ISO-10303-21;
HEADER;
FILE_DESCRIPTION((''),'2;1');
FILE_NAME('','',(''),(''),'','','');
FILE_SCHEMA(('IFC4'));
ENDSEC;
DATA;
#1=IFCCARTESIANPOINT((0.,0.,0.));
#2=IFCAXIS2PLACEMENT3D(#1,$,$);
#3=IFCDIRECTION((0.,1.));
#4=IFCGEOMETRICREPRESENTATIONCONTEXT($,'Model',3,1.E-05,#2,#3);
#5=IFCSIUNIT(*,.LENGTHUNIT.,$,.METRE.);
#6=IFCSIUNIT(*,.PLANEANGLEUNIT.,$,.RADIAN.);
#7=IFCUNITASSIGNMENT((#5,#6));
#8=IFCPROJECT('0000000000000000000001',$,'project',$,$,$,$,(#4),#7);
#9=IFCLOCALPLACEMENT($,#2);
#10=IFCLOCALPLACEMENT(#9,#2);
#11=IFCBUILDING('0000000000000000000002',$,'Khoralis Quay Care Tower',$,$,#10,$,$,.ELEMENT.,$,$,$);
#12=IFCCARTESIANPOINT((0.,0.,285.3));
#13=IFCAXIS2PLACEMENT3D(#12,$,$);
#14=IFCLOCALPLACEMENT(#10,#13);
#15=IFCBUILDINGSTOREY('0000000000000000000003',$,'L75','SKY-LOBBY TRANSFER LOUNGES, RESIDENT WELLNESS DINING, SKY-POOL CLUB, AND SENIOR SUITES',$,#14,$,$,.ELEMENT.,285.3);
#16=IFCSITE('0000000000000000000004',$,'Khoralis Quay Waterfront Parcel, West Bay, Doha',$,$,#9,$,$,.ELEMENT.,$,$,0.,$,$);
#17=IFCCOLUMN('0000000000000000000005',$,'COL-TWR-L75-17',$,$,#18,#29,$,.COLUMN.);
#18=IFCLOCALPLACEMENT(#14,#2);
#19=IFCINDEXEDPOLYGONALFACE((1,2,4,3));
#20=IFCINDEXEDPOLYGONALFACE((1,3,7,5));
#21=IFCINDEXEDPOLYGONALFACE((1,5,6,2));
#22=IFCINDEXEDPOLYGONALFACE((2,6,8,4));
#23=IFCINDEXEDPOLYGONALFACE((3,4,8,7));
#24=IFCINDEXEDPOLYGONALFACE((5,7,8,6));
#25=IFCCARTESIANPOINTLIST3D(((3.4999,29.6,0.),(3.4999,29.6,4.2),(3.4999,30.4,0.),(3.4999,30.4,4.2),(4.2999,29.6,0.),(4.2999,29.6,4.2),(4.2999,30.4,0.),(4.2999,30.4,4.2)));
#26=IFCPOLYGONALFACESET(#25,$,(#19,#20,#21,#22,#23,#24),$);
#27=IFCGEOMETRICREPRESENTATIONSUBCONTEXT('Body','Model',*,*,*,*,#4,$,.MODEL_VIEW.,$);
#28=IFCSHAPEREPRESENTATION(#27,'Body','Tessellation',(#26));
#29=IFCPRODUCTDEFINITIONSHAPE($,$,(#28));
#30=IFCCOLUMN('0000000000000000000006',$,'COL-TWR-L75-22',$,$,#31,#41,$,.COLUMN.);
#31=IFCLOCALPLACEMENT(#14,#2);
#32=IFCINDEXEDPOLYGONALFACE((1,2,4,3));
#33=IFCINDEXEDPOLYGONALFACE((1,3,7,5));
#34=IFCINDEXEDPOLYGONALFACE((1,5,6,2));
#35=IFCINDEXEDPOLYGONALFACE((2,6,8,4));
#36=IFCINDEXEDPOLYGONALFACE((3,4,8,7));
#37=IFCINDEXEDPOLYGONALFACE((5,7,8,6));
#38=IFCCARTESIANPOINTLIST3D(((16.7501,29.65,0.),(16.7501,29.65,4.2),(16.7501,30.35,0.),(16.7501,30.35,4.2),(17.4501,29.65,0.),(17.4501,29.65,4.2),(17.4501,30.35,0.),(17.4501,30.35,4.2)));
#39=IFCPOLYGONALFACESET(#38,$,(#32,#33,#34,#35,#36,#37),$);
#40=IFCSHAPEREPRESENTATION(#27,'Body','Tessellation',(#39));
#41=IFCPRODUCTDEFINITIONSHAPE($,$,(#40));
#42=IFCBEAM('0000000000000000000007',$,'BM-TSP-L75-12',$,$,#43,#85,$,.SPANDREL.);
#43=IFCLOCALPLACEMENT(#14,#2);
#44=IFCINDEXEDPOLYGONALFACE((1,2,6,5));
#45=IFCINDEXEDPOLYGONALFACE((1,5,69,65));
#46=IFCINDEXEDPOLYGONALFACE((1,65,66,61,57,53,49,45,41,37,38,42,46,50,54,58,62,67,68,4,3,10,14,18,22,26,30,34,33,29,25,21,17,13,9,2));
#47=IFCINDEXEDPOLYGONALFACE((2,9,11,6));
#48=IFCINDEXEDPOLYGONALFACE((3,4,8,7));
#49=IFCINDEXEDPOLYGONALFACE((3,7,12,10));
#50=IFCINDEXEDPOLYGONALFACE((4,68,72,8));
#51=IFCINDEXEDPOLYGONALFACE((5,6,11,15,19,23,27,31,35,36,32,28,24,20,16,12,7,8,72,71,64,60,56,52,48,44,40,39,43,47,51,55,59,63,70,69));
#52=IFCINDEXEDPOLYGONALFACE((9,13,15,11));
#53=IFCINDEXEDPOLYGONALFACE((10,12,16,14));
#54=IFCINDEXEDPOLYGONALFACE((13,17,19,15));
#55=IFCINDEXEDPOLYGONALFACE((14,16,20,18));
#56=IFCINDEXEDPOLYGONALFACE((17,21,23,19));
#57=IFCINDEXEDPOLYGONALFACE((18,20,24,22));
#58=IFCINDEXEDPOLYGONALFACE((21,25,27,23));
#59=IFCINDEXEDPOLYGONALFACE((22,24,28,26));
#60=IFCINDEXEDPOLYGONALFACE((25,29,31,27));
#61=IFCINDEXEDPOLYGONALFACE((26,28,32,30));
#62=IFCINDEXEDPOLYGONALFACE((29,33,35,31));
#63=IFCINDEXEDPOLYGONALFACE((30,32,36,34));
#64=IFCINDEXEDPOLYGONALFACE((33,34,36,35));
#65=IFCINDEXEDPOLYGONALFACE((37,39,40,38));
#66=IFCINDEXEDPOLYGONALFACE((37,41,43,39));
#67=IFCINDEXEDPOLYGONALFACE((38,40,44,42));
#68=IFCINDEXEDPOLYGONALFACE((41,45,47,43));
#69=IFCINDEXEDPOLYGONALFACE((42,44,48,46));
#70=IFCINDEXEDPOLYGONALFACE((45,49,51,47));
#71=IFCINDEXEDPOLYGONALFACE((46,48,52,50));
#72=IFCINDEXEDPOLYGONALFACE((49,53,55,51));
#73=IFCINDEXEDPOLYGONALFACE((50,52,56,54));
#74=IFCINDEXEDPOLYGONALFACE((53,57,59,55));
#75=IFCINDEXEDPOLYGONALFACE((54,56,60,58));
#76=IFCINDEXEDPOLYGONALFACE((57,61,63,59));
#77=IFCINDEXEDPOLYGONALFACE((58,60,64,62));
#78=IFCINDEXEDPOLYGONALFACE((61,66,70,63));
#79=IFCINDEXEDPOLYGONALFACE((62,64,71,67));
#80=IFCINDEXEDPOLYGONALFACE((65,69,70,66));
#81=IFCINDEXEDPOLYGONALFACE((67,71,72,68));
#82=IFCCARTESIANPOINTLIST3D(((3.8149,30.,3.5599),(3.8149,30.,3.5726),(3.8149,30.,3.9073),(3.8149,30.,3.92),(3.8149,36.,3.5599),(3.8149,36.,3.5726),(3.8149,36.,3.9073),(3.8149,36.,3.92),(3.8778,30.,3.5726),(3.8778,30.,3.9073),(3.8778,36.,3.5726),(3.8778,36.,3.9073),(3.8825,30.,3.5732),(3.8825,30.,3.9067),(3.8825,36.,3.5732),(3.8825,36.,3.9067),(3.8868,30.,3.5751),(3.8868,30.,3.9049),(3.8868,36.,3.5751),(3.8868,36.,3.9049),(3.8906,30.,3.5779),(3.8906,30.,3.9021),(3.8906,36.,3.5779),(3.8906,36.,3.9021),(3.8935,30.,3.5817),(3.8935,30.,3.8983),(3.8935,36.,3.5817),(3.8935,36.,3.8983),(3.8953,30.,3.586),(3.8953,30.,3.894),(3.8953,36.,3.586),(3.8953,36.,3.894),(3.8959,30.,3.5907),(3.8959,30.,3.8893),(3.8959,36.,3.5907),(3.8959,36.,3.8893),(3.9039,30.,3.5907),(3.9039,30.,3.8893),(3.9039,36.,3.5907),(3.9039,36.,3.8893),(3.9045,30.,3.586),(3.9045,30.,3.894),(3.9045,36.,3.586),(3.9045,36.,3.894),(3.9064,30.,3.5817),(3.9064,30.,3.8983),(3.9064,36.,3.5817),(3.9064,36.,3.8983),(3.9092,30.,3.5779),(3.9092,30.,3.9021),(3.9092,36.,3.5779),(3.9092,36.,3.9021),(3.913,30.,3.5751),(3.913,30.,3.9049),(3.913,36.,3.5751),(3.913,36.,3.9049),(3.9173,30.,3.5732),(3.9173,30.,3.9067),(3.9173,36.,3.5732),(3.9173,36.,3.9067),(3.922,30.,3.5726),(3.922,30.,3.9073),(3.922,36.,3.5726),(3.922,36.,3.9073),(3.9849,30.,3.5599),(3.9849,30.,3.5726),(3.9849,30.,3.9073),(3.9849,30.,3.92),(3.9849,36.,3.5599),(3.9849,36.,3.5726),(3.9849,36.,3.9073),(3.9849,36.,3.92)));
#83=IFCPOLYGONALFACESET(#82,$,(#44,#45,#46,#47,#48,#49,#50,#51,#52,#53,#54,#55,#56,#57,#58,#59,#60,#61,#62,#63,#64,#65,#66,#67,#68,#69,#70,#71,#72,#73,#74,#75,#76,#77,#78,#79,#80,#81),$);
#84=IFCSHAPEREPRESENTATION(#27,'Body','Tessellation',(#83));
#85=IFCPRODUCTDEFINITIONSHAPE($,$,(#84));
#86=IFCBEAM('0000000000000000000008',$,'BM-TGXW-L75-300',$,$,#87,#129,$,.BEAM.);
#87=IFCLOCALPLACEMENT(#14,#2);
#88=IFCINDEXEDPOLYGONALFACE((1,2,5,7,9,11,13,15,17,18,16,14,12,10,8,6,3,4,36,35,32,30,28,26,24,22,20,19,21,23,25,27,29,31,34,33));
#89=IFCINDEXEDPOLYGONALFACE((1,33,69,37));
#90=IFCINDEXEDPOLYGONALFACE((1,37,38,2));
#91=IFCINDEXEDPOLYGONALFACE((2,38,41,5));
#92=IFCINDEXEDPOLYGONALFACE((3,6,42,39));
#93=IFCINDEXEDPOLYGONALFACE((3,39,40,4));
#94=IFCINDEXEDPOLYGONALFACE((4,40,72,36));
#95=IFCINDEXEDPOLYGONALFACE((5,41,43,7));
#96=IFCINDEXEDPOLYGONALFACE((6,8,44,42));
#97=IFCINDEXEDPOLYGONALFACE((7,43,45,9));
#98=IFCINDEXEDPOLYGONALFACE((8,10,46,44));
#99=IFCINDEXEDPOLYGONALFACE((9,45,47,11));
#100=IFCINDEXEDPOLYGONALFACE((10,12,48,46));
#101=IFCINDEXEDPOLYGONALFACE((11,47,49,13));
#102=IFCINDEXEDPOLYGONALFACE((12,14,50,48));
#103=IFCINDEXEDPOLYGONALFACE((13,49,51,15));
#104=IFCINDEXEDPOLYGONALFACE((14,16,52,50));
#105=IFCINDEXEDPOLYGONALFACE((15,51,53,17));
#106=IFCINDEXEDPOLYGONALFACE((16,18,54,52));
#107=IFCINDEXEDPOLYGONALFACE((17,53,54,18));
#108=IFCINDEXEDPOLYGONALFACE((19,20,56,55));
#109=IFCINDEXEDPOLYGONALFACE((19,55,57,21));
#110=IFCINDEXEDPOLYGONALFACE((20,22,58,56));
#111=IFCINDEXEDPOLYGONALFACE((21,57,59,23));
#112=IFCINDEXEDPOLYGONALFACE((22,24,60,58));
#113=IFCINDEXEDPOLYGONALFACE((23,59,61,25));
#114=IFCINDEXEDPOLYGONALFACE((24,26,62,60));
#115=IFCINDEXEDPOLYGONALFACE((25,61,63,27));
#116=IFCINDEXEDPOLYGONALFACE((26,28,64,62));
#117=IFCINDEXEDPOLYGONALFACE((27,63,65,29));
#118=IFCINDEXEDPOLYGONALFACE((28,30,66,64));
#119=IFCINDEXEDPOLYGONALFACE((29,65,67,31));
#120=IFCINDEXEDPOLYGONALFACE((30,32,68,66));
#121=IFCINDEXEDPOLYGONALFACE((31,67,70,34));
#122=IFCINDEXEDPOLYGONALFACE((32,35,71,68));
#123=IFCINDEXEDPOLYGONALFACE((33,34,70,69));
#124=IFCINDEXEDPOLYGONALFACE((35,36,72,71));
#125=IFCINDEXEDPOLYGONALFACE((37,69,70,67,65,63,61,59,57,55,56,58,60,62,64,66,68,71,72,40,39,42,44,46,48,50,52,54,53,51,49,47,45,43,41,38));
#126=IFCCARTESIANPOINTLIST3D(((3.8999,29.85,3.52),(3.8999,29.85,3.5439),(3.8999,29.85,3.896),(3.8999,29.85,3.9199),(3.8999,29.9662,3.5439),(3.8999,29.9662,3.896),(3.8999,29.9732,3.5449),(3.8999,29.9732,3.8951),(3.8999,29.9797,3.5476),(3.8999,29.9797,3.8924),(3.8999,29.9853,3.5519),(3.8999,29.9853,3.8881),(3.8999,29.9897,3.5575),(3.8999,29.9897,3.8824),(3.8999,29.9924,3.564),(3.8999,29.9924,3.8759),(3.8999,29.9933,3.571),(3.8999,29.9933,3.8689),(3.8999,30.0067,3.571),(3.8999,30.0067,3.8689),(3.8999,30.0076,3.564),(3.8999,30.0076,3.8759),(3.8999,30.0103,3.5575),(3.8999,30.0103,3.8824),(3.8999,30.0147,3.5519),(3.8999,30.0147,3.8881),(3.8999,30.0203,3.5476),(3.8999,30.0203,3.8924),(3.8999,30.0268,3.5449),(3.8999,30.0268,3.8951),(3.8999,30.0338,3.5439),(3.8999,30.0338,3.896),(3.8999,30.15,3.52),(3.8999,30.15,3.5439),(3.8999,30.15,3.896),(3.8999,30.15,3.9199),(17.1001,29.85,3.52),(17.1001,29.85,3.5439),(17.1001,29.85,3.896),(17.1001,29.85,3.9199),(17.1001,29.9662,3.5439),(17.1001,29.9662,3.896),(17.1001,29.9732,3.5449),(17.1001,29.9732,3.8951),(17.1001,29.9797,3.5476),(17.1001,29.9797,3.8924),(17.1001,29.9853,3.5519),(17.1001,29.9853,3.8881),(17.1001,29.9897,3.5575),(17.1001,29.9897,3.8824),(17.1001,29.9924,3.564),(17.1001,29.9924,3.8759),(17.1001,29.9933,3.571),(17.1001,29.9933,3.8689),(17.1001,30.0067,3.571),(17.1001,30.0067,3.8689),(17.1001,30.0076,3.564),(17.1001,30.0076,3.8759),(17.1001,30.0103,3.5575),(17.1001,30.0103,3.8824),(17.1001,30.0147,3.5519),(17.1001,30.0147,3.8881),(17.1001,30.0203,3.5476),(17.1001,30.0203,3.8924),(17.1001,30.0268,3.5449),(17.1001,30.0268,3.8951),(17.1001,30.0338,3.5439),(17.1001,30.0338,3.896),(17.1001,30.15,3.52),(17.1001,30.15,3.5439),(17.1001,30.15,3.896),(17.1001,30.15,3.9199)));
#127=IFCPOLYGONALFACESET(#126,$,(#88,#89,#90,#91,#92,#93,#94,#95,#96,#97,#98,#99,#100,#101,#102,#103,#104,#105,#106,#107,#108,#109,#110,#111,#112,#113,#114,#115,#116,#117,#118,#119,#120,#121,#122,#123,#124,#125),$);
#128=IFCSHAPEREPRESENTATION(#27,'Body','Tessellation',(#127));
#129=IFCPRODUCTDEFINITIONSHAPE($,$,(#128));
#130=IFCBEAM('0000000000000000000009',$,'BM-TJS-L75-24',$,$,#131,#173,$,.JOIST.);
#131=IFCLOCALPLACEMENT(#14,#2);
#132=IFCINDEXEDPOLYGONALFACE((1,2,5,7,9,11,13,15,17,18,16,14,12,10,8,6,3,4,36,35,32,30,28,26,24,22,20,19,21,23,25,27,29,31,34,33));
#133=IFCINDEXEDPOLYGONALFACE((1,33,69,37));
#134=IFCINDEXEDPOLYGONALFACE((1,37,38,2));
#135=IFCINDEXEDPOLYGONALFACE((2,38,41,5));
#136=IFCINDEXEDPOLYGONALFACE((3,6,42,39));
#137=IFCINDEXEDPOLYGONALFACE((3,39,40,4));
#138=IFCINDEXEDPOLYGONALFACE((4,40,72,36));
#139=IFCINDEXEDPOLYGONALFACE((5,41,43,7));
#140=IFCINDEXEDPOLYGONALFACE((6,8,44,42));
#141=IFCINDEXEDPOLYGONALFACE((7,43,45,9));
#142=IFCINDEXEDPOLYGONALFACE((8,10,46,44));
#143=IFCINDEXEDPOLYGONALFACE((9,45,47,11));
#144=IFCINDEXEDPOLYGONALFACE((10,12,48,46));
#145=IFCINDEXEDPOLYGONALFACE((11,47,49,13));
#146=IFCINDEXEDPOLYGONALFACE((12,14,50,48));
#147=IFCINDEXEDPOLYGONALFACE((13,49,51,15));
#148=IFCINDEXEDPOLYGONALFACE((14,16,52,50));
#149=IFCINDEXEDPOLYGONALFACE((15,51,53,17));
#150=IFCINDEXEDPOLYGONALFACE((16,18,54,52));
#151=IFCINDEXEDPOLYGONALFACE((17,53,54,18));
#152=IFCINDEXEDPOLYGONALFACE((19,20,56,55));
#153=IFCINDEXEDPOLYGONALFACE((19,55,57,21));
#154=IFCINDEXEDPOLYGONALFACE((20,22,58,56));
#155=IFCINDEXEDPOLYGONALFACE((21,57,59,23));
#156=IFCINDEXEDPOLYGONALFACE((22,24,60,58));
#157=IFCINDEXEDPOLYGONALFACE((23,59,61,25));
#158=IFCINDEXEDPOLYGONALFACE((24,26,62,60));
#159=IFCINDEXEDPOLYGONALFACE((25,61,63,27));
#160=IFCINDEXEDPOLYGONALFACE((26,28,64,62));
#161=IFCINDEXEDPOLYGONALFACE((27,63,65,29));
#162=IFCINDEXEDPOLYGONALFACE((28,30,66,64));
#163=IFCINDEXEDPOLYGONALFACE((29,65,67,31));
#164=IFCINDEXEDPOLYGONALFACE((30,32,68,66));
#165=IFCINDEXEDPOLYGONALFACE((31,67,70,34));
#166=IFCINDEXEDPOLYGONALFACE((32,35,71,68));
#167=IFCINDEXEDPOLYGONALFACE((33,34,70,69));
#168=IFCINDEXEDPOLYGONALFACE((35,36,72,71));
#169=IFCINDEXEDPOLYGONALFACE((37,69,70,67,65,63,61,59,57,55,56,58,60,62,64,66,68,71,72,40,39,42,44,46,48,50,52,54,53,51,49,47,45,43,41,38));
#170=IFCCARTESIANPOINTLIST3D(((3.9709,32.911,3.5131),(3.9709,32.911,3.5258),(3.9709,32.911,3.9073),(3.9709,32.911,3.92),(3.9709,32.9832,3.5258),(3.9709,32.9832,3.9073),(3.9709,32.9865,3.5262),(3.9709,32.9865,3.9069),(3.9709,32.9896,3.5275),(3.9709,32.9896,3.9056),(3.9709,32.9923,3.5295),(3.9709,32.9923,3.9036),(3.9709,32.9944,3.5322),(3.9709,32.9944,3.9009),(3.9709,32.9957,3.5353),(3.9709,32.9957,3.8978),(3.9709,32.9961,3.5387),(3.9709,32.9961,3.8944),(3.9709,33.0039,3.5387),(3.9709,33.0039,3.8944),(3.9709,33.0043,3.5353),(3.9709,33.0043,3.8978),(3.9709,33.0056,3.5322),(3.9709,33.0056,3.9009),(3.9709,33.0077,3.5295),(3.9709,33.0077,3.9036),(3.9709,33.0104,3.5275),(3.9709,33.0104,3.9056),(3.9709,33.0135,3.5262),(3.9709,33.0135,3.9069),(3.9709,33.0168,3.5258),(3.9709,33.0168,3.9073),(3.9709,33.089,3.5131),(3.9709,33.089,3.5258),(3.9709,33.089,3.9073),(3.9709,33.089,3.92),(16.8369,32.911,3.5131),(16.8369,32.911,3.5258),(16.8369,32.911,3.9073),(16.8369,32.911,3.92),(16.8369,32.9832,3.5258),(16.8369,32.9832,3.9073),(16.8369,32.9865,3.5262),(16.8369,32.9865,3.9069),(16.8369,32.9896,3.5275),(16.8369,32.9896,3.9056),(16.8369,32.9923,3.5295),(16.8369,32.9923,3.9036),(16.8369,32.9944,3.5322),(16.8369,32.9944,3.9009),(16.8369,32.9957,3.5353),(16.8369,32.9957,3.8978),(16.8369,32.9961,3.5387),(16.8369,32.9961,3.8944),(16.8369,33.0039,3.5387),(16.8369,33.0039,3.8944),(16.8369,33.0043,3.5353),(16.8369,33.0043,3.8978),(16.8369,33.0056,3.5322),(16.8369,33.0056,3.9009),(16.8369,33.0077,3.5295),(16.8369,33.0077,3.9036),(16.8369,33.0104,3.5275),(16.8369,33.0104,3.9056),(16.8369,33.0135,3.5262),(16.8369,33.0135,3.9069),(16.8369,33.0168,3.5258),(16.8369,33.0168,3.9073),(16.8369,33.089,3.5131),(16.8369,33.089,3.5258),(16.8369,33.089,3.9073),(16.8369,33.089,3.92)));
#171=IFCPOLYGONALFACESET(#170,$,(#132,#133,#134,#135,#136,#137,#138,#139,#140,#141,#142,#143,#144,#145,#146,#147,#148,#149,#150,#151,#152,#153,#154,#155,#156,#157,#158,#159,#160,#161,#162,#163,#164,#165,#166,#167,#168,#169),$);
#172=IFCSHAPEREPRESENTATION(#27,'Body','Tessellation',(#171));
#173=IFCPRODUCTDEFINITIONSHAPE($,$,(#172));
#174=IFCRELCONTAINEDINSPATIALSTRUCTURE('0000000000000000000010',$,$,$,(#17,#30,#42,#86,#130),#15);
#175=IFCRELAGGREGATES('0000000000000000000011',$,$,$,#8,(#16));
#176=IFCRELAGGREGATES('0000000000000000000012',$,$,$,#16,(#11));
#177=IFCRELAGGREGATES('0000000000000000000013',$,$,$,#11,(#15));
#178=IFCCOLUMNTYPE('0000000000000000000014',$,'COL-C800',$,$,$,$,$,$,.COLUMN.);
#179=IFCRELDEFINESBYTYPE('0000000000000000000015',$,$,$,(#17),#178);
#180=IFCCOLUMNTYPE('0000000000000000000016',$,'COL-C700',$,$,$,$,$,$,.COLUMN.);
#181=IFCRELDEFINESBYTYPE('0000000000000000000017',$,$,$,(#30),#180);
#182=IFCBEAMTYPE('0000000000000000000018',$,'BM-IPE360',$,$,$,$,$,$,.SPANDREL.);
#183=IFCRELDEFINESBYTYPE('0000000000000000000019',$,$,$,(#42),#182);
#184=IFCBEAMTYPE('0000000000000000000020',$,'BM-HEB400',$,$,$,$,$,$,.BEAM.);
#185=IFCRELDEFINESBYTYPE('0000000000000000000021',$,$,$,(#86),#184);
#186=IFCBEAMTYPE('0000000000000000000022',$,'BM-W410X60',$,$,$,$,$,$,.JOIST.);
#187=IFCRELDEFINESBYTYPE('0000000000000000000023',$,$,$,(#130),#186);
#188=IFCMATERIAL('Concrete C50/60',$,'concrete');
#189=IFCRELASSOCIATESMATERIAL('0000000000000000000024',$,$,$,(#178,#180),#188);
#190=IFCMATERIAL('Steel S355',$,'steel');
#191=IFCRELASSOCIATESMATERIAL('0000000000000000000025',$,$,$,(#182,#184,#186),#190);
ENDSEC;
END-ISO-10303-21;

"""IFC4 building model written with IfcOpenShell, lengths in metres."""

from ifc_helpers import new_model, si_unit, direction, frame, origin, origin_2d, place, context, subcontext, project, spatial, rectangle, i_section, extrude, source, transform, mapped, material, material_profile, profile_set, type_object, element, save


model = new_model("IFC4")

# Units and contexts
model_context = context("Model", 3, precision=1e-05, world=origin(), true_north=direction((0.0, 1.0)))
body_context = subcontext(model_context, "Body", "Model", "MODEL_VIEW")
ifc_project = project(units=[si_unit("LENGTHUNIT", "METRE"), si_unit("PLANEANGLEUNIT", "RADIAN")], contexts=[model_context])

# Site, building, storey
site_placement = place(None, origin())
site = spatial("IfcSite", under=ifc_project, at=site_placement, Name="Khoralis Quay Waterfront Parcel, West Bay, Doha", CompositionType="ELEMENT", RefElevation=0.0)
building_placement = place(site_placement, origin())
building = spatial("IfcBuilding", under=site, at=building_placement, Name="Khoralis Quay Care Tower", CompositionType="ELEMENT")
storey_placement = place(building_placement, frame((0.0, 0.0, 285.3)))
storey = spatial("IfcBuildingStorey", under=building, at=storey_placement, Name="L75", Description="SKY-LOBBY TRANSFER LOUNGES, RESIDENT WELLNESS DINING, SKY-POOL CLUB, AND SENIOR SUITES", CompositionType="ELEMENT", Elevation=285.3)

# Columns
ifc_material_1 = material(Name="Concrete C50/60", Category="concrete")
ifc_material_profile_1 = material_profile(ifc_material_1, rectangle(XDim=0.8, YDim=0.8, at=origin_2d()), Name="Concrete C50/60")
ifc_profile_set_1 = profile_set([ifc_material_profile_1], Name="Concrete C50/60")
column_type_1 = type_object("IfcColumnType", Name="COL-C800", PredefinedType="COLUMN", material=ifc_profile_set_1)
shared_shape_1 = source(origin(), body_context, "Body", "SweptSolid", [
    extrude(rectangle(XDim=0.8, YDim=0.8, at=origin_2d()), origin(), (0.0, 0.0, 1.0), 4.2),
])
column_1_placement = place(storey_placement, frame((3.8999, 30.0, 0.0), z_axis=(0.0, 0.0, 1.0), x_axis=(1.0, 0.0, 0.0)))
element("IfcColumn", 1, at=column_1_placement, inside=storey, type_object=column_type_1, Name="COL-TWR-L75-17", PredefinedType="COLUMN", context=body_context, shape_type="MappedRepresentation", body=[
    mapped(shared_shape_1, transform((0.0, 0.0, 0.0), scale=1.0)),
])
ifc_material_profile_2 = material_profile(ifc_material_1, rectangle(XDim=0.7, YDim=0.7, at=origin_2d()), Name="Concrete C50/60")
ifc_profile_set_2 = profile_set([ifc_material_profile_2], Name="Concrete C50/60")
column_type_2 = type_object("IfcColumnType", Name="COL-C700", PredefinedType="COLUMN", material=ifc_profile_set_2)
shared_shape_2 = source(origin(), body_context, "Body", "SweptSolid", [
    extrude(rectangle(XDim=0.7, YDim=0.7, at=origin_2d()), origin(), (0.0, 0.0, 1.0), 4.2),
])
column_2_placement = place(storey_placement, frame((17.1001, 30.0, 0.0), z_axis=(0.0, 0.0, 1.0), x_axis=(1.0, 0.0, 0.0)))
element("IfcColumn", 2, at=column_2_placement, inside=storey, type_object=column_type_2, Name="COL-TWR-L75-22", PredefinedType="COLUMN", context=body_context, shape_type="MappedRepresentation", body=[
    mapped(shared_shape_2, transform((0.0, 0.0, 0.0), scale=1.0)),
])

# Beams
ifc_material_2 = material(Name="Steel S355", Category="steel")
ifc_material_profile_3 = material_profile(ifc_material_2, i_section(OverallWidth=0.1699, OverallDepth=0.3601, WebThickness=0.0081, FlangeThickness=0.0127, FilletRadius=0.0181, at=origin_2d()), Name="Steel S355")
ifc_profile_set_3 = profile_set([ifc_material_profile_3], Name="Steel S355")
beam_type_1 = type_object("IfcBeamType", Name="BM-IPE360", PredefinedType="SPANDREL", material=ifc_profile_set_3)
shared_shape_3 = source(origin(), body_context, "Body", "SweptSolid", [
    extrude(i_section(OverallWidth=0.1699, OverallDepth=0.3601, WebThickness=0.0081, FlangeThickness=0.0127, FilletRadius=0.0181, at=origin_2d()), origin(), (0.0, 0.0, 1.0), 6.0),
])
beam_1_placement = place(storey_placement, frame((3.8999, 30.0, 3.74), z_axis=(0.0, 1.0, 0.0), x_axis=(-1.0, 0.0, 0.0)))
element("IfcBeam", 3, at=beam_1_placement, inside=storey, type_object=beam_type_1, Name="BM-TSP-L75-12", PredefinedType="SPANDREL", context=body_context, shape_type="MappedRepresentation", body=[
    mapped(shared_shape_3, transform((0.0, 0.0, 0.0), scale=1.0)),
])
ifc_material_profile_4 = material_profile(ifc_material_2, i_section(OverallWidth=0.3, OverallDepth=0.3999, WebThickness=0.0134, FlangeThickness=0.0239, FilletRadius=0.0271, at=origin_2d()), Name="Steel S355")
ifc_profile_set_4 = profile_set([ifc_material_profile_4], Name="Steel S355")
beam_type_2 = type_object("IfcBeamType", Name="BM-HEB400", PredefinedType="BEAM", material=ifc_profile_set_4)
shared_shape_4 = source(origin(), body_context, "Body", "SweptSolid", [
    extrude(i_section(OverallWidth=0.3, OverallDepth=0.3999, WebThickness=0.0134, FlangeThickness=0.0239, FilletRadius=0.0271, at=origin_2d()), origin(), (0.0, 0.0, 1.0), 13.2002),
])
beam_2_placement = place(storey_placement, frame((3.8999, 30.0, 3.72), z_axis=(1.0, 0.0, 0.0), x_axis=(0.0, 1.0, 0.0)))
element("IfcBeam", 4, at=beam_2_placement, inside=storey, type_object=beam_type_2, Name="BM-TGXW-L75-300", PredefinedType="BEAM", context=body_context, shape_type="MappedRepresentation", body=[
    mapped(shared_shape_4, transform((0.0, 0.0, 0.0), scale=1.0)),
])
ifc_material_profile_5 = material_profile(ifc_material_2, i_section(OverallWidth=0.178, OverallDepth=0.407, WebThickness=0.0078, FlangeThickness=0.0127, FilletRadius=0.0129, at=origin_2d()), Name="Steel S355")
ifc_profile_set_5 = profile_set([ifc_material_profile_5], Name="Steel S355")
beam_type_3 = type_object("IfcBeamType", Name="BM-W410X60", PredefinedType="JOIST", material=ifc_profile_set_5)
shared_shape_5 = source(origin(), body_context, "Body", "SweptSolid", [
    extrude(i_section(OverallWidth=0.178, OverallDepth=0.407, WebThickness=0.0078, FlangeThickness=0.0127, FilletRadius=0.0129, at=origin_2d()), origin(), (0.0, 0.0, 1.0), 12.866),
])
beam_3_placement = place(storey_placement, frame((3.9709, 33.0, 3.7166), z_axis=(1.0, 0.0, 0.0), x_axis=(0.0, 1.0, 0.0)))
element("IfcBeam", 5, at=beam_3_placement, inside=storey, type_object=beam_type_3, Name="BM-TJS-L75-24", PredefinedType="JOIST", context=body_context, shape_type="MappedRepresentation", body=[
    mapped(shared_shape_5, transform((0.0, 0.0, 0.0), scale=1.0)),
])

save(model, "model.ifc")
